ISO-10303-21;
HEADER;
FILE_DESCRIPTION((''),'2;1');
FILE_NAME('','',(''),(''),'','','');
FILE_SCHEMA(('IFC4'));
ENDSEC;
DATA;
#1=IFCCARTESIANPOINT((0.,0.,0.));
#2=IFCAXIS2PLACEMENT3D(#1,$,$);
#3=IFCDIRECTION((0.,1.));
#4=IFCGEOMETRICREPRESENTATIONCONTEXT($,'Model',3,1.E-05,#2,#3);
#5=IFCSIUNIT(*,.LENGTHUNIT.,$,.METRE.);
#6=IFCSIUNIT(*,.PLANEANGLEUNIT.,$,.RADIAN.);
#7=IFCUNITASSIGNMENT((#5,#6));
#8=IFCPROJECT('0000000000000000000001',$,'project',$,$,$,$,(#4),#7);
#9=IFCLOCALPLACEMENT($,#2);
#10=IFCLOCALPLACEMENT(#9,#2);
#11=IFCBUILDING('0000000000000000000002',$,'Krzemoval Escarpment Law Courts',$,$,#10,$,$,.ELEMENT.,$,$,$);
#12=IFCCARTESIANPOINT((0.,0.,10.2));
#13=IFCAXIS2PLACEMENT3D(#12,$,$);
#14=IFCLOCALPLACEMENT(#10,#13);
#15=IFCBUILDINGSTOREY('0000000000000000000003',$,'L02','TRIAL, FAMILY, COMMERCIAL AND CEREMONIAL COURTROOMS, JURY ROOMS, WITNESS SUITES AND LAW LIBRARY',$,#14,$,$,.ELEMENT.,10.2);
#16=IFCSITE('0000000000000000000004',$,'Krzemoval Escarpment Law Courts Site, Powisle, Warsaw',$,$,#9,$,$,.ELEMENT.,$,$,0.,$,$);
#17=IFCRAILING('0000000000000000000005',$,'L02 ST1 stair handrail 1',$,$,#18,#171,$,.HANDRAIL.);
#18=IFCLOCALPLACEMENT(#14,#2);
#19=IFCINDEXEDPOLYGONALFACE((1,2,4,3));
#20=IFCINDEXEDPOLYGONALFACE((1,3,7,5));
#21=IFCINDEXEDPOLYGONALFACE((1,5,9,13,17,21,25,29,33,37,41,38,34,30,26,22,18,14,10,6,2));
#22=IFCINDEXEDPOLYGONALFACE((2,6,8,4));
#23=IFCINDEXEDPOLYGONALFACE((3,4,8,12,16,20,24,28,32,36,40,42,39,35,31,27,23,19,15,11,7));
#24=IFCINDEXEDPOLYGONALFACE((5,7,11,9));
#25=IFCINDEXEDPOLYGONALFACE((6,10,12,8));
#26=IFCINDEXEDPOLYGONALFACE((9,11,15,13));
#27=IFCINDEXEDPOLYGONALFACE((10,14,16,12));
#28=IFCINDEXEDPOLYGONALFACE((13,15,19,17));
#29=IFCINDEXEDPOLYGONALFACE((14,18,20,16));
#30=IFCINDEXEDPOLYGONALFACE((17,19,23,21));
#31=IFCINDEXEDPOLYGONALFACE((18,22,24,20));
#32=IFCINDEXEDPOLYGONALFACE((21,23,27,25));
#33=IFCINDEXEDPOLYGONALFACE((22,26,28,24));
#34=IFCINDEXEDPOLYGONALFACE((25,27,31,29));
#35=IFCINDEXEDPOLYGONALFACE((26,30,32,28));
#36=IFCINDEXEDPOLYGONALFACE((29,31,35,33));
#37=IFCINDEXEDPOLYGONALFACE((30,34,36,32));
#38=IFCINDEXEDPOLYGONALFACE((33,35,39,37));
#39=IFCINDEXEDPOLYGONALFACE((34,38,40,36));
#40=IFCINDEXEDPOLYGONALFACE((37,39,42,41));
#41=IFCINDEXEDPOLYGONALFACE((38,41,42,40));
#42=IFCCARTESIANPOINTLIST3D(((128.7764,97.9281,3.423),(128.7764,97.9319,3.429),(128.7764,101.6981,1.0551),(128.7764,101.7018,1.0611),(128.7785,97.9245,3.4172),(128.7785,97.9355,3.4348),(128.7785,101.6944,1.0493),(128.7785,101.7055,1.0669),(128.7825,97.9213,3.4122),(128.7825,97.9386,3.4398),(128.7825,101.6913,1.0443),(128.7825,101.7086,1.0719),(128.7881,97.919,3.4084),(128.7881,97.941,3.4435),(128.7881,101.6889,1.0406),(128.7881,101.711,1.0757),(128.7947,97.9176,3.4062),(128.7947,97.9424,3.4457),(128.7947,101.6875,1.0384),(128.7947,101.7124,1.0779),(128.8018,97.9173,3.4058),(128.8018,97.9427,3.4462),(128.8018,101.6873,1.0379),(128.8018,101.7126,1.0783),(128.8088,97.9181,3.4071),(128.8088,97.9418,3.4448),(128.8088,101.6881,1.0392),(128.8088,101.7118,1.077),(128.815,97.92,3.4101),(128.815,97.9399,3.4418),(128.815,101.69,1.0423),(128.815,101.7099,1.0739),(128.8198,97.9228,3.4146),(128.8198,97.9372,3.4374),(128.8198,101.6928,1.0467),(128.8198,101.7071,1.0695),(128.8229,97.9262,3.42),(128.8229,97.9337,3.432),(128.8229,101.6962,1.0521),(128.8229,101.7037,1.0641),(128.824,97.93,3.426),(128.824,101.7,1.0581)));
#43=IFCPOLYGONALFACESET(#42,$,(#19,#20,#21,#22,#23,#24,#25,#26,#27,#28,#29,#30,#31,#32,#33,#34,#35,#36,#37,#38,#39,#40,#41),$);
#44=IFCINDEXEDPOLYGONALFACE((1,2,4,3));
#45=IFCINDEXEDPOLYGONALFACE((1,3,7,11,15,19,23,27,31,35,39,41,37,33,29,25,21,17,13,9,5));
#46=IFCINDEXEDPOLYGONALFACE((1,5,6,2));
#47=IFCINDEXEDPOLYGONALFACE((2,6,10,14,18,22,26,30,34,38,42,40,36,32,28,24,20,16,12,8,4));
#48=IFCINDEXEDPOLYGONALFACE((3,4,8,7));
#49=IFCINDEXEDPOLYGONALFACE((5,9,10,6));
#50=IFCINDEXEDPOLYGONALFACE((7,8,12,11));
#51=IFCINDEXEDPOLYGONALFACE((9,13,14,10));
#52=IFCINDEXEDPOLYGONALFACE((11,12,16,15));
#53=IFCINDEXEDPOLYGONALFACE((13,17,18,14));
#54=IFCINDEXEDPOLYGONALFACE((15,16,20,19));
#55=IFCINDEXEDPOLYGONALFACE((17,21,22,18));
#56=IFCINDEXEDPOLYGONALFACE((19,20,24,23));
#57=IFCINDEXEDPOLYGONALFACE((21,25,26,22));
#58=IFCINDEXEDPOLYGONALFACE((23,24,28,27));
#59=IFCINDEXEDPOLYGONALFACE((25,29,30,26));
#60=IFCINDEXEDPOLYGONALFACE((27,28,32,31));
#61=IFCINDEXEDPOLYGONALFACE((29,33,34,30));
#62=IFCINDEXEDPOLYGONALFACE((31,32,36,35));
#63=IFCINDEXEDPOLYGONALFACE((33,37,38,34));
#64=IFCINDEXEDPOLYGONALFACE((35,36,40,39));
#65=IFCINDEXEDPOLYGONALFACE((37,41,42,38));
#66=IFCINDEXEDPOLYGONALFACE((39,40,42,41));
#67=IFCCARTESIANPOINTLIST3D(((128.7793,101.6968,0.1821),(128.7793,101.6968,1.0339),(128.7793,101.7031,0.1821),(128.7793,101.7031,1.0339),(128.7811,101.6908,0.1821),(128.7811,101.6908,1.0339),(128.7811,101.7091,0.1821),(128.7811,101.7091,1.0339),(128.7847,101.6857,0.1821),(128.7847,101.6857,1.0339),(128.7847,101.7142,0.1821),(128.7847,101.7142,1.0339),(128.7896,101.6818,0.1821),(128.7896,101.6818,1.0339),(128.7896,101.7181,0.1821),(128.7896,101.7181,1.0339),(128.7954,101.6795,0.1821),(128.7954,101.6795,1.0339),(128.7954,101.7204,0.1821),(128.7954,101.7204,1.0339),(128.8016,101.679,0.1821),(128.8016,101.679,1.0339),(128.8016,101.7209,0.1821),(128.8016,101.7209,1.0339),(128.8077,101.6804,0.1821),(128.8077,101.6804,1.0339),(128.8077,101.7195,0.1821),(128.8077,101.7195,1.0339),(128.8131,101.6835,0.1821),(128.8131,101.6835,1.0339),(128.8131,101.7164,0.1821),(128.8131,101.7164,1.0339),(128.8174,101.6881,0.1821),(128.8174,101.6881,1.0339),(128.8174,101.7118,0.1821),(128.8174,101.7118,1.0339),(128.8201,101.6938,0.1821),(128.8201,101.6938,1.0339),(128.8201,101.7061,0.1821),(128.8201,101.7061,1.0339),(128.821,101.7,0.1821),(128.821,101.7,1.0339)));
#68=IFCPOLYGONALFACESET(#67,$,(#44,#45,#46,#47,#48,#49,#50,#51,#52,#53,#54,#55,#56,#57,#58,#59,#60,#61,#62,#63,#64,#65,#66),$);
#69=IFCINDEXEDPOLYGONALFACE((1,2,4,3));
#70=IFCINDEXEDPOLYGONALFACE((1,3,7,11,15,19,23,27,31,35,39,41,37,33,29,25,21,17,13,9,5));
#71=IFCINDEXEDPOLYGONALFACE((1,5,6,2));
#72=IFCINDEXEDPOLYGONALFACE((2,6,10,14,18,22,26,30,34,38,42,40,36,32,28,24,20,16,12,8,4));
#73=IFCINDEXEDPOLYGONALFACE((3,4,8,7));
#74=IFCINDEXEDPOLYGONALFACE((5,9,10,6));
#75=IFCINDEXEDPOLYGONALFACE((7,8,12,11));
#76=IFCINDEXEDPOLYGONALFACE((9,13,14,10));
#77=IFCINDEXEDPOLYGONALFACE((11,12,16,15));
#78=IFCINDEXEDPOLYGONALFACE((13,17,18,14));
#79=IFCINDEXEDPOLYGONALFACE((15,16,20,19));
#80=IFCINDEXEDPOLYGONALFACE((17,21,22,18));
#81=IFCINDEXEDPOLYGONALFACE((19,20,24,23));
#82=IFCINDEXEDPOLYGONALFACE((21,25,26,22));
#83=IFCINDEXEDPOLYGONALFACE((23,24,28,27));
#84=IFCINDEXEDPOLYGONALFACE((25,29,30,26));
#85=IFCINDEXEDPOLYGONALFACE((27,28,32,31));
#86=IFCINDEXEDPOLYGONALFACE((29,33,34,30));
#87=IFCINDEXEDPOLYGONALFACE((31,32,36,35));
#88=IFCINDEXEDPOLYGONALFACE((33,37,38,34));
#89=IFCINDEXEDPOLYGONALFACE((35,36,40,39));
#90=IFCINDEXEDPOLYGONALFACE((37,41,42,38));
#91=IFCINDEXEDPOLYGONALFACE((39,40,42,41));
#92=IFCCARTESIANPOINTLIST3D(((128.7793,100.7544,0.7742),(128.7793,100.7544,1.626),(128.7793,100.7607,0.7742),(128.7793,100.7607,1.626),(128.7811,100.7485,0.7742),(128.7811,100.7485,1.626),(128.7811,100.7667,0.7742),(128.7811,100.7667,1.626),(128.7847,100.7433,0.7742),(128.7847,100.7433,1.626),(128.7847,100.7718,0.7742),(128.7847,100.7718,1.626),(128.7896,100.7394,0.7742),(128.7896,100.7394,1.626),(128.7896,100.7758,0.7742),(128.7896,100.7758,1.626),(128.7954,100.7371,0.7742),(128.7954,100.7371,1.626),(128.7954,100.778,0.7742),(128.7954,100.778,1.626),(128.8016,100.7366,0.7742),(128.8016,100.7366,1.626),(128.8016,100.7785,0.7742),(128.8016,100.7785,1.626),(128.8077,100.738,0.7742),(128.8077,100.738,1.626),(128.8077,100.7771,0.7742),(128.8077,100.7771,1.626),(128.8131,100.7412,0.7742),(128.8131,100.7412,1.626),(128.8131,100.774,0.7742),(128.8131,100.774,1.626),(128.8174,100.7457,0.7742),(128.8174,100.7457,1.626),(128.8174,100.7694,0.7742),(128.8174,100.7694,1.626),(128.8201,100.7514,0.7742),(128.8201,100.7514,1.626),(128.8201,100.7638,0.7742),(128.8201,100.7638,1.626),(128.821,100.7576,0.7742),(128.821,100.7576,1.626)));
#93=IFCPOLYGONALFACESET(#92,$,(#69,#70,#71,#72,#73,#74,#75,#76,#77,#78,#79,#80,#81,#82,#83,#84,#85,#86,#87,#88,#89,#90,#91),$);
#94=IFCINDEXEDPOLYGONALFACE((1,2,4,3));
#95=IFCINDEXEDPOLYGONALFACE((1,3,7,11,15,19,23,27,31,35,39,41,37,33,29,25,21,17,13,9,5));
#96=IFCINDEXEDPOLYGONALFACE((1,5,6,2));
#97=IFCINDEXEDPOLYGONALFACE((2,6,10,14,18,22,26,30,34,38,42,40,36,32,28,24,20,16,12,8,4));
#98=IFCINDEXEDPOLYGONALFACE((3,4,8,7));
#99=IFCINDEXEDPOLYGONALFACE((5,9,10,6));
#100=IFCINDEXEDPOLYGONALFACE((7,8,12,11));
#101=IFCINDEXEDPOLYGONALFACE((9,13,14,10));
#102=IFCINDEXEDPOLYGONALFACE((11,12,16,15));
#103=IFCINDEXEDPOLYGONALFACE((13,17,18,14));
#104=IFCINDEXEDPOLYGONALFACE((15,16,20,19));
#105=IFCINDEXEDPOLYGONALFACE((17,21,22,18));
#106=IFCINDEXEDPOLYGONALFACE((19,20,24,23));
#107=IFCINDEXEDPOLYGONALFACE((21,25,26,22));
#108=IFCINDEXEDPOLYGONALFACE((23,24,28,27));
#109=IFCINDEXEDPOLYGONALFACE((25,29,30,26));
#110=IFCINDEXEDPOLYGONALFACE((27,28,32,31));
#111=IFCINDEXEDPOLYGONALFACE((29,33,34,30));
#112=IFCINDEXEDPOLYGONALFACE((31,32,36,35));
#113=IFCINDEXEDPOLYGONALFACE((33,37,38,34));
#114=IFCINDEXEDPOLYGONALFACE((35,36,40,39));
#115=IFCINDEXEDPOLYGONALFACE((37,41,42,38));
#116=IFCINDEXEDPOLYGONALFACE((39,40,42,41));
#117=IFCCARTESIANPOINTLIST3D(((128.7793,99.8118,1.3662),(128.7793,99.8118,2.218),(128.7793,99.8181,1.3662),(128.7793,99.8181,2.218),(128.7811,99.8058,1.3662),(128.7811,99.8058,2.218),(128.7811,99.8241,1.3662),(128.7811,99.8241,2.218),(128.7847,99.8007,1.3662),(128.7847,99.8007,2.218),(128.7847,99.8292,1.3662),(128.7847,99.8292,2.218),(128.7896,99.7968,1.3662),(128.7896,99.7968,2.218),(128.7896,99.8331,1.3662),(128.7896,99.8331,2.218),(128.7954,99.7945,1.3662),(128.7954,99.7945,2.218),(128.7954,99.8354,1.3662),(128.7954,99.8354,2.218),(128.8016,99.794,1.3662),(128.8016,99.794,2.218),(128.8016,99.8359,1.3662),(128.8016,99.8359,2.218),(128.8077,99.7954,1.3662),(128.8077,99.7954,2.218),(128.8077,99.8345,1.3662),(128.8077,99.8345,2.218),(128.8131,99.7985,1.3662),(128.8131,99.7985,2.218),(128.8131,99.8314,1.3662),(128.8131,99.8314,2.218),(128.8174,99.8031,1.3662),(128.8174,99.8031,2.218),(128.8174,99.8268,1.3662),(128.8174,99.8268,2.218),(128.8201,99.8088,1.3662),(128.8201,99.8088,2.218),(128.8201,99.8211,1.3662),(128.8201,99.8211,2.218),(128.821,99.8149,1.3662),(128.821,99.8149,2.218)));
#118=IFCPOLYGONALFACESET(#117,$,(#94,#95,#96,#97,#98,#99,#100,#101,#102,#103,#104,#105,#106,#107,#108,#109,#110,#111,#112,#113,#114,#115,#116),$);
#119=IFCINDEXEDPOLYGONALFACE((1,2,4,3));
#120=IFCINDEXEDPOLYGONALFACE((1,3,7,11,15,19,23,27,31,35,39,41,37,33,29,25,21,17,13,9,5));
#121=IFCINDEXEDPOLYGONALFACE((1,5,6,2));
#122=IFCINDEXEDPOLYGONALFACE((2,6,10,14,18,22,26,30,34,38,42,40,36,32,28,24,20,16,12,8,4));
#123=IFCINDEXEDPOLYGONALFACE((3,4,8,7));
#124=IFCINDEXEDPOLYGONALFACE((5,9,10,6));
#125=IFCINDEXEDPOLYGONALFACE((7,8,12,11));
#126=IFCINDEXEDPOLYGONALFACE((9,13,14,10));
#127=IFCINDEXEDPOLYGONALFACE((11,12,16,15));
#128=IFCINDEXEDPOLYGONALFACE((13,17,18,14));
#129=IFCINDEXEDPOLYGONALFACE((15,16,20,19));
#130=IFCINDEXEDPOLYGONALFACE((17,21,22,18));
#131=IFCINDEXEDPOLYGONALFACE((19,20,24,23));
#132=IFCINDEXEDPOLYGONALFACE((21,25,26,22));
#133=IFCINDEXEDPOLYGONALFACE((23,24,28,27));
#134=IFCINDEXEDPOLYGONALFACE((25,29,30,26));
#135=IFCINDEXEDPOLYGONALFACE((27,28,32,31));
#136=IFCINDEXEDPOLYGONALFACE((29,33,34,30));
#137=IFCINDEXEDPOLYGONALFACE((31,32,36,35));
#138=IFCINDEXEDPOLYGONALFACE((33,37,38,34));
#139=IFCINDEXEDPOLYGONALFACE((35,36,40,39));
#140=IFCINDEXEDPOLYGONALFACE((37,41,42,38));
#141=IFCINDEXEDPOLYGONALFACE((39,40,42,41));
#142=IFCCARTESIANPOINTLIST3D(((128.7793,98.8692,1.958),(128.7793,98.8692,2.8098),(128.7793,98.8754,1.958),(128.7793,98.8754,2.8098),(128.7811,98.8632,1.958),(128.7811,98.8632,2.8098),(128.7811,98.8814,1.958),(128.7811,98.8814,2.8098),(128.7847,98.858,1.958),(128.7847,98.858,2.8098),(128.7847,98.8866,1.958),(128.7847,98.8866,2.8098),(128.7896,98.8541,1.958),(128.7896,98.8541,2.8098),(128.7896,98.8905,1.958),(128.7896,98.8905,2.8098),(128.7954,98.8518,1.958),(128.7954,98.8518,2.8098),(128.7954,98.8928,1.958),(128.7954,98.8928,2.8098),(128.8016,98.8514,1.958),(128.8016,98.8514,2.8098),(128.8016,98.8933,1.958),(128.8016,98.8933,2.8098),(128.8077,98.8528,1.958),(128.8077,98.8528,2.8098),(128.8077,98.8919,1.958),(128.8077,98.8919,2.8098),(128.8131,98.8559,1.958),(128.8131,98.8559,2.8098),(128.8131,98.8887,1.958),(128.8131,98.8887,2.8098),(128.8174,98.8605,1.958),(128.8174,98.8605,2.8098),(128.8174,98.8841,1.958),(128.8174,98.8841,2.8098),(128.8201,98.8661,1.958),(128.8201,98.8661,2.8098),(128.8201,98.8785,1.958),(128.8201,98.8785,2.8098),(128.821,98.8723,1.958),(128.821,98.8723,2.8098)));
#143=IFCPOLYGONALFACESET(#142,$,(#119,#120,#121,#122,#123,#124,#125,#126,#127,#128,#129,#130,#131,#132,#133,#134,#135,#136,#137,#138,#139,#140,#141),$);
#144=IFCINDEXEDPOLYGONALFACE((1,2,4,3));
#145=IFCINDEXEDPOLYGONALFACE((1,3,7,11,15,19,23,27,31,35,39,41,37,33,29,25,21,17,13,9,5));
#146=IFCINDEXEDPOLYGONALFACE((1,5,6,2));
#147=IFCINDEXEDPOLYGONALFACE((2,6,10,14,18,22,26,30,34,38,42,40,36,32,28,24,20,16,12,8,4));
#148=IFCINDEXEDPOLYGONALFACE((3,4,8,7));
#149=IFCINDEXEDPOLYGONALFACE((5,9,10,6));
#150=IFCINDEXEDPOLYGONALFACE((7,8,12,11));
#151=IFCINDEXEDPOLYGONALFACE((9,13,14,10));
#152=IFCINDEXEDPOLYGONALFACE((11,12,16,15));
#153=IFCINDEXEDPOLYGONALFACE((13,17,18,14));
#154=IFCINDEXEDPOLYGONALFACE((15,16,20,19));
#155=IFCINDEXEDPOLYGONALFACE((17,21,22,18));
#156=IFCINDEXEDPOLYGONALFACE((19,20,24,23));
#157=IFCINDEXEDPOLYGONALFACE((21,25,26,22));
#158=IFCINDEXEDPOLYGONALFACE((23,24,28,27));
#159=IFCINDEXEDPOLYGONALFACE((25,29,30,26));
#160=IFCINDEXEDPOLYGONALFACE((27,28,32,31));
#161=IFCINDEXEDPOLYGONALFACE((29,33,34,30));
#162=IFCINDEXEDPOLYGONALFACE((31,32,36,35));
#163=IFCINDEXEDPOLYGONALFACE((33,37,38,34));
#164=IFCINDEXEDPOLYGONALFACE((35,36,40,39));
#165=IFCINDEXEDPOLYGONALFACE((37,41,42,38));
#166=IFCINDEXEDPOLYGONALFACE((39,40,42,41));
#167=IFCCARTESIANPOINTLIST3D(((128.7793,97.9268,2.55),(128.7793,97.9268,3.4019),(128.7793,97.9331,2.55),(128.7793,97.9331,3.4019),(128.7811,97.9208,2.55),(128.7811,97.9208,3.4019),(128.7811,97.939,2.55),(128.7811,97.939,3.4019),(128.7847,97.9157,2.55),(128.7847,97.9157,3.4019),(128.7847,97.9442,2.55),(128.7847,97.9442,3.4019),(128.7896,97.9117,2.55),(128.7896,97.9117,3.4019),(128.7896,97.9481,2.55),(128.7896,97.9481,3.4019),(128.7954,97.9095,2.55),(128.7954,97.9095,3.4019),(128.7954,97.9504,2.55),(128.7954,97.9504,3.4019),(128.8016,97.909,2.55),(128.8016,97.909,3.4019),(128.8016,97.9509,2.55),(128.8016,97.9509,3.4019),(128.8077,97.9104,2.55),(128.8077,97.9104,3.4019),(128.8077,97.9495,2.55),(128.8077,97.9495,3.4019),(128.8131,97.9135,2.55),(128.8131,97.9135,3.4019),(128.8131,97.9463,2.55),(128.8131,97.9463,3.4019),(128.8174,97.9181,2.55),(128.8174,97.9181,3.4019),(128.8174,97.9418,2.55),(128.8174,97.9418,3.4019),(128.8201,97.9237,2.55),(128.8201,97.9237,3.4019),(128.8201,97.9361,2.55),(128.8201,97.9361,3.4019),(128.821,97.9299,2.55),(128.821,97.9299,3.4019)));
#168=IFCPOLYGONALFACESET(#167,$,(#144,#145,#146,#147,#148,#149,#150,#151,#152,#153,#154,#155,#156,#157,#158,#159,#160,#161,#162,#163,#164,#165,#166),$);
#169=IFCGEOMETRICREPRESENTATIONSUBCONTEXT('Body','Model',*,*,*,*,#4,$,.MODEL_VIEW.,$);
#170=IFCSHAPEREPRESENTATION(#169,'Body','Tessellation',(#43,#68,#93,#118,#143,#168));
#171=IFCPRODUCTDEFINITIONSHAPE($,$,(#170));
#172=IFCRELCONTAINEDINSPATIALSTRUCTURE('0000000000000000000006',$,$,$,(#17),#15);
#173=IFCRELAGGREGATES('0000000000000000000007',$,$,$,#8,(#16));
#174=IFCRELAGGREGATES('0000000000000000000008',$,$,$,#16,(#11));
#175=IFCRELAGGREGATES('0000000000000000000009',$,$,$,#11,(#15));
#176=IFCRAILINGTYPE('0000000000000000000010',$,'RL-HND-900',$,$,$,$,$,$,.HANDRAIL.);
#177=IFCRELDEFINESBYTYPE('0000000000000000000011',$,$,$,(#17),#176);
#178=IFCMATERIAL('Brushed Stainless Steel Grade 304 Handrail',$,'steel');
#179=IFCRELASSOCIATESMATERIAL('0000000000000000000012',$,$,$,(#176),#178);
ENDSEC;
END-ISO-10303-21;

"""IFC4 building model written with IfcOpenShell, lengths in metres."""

from ifc_helpers import new_model, si_unit, direction, frame, origin, origin_2d, place, context, subcontext, project, spatial, circle, extrude, material, type_object, element, save


model = new_model("IFC4")

# Units and contexts
model_context = context("Model", 3, precision=1e-05, world=origin(), true_north=direction((0.0, 1.0)))
body_context = subcontext(model_context, "Body", "Model", "MODEL_VIEW")
ifc_project = project(units=[si_unit("LENGTHUNIT", "METRE"), si_unit("PLANEANGLEUNIT", "RADIAN")], contexts=[model_context])

# Site, building, storey
site_placement = place(None, origin())
site = spatial("IfcSite", under=ifc_project, at=site_placement, Name="Krzemoval Escarpment Law Courts Site, Powisle, Warsaw", CompositionType="ELEMENT", RefElevation=0.0)
building_placement = place(site_placement, origin())
building = spatial("IfcBuilding", under=site, at=building_placement, Name="Krzemoval Escarpment Law Courts", CompositionType="ELEMENT")
storey_placement = place(building_placement, frame((0.0, 0.0, 10.2)))
storey = spatial("IfcBuildingStorey", under=building, at=storey_placement, Name="L02", Description="TRIAL, FAMILY, COMMERCIAL AND CEREMONIAL COURTROOMS, JURY ROOMS, WITNESS SUITES AND LAW LIBRARY", CompositionType="ELEMENT", Elevation=10.2)

# Railing
ifc_material_1 = material(Name="Brushed Stainless Steel Grade 304 Handrail", Category="steel")
railing_type_1 = type_object("IfcRailingType", Name="RL-HND-900", PredefinedType="HANDRAIL", material=ifc_material_1)
railing_1_placement = place(storey_placement, frame((128.8, 101.7, 0.1821)))
element("IfcRailing", 1, at=railing_1_placement, inside=storey, type_object=railing_type_1, Name="L02 ST1 stair handrail 1", PredefinedType="HANDRAIL", context=body_context, shape_type="SweptSolid", body=[
    extrude(circle(Radius=0.0239, at=origin_2d()), frame((0.0, 0.0, 0.876), z_axis=(0.0, -0.846819, 0.531881), x_axis=(1.0, 0.0, 0.0)), (0.0, 0.0, 1.0), 4.4519),
    extrude(circle(Radius=0.021, at=origin_2d()), origin(), (0.0, 0.0, 1.0), 0.8518),
    extrude(circle(Radius=0.021, at=origin_2d()), frame((0.0, -0.9424, 0.592)), (0.0, 0.0, 1.0), 0.8518),
    extrude(circle(Radius=0.021, at=origin_2d()), frame((0.0, -1.885, 1.1841)), (0.0, 0.0, 1.0), 0.8518),
    extrude(circle(Radius=0.021, at=origin_2d()), frame((0.0, -2.8276, 1.7759)), (0.0, 0.0, 1.0), 0.8518),
    extrude(circle(Radius=0.021, at=origin_2d()), frame((0.0, -3.77, 2.3679)), (0.0, 0.0, 1.0), 0.8518),
])

save(model, "model.ifc")
